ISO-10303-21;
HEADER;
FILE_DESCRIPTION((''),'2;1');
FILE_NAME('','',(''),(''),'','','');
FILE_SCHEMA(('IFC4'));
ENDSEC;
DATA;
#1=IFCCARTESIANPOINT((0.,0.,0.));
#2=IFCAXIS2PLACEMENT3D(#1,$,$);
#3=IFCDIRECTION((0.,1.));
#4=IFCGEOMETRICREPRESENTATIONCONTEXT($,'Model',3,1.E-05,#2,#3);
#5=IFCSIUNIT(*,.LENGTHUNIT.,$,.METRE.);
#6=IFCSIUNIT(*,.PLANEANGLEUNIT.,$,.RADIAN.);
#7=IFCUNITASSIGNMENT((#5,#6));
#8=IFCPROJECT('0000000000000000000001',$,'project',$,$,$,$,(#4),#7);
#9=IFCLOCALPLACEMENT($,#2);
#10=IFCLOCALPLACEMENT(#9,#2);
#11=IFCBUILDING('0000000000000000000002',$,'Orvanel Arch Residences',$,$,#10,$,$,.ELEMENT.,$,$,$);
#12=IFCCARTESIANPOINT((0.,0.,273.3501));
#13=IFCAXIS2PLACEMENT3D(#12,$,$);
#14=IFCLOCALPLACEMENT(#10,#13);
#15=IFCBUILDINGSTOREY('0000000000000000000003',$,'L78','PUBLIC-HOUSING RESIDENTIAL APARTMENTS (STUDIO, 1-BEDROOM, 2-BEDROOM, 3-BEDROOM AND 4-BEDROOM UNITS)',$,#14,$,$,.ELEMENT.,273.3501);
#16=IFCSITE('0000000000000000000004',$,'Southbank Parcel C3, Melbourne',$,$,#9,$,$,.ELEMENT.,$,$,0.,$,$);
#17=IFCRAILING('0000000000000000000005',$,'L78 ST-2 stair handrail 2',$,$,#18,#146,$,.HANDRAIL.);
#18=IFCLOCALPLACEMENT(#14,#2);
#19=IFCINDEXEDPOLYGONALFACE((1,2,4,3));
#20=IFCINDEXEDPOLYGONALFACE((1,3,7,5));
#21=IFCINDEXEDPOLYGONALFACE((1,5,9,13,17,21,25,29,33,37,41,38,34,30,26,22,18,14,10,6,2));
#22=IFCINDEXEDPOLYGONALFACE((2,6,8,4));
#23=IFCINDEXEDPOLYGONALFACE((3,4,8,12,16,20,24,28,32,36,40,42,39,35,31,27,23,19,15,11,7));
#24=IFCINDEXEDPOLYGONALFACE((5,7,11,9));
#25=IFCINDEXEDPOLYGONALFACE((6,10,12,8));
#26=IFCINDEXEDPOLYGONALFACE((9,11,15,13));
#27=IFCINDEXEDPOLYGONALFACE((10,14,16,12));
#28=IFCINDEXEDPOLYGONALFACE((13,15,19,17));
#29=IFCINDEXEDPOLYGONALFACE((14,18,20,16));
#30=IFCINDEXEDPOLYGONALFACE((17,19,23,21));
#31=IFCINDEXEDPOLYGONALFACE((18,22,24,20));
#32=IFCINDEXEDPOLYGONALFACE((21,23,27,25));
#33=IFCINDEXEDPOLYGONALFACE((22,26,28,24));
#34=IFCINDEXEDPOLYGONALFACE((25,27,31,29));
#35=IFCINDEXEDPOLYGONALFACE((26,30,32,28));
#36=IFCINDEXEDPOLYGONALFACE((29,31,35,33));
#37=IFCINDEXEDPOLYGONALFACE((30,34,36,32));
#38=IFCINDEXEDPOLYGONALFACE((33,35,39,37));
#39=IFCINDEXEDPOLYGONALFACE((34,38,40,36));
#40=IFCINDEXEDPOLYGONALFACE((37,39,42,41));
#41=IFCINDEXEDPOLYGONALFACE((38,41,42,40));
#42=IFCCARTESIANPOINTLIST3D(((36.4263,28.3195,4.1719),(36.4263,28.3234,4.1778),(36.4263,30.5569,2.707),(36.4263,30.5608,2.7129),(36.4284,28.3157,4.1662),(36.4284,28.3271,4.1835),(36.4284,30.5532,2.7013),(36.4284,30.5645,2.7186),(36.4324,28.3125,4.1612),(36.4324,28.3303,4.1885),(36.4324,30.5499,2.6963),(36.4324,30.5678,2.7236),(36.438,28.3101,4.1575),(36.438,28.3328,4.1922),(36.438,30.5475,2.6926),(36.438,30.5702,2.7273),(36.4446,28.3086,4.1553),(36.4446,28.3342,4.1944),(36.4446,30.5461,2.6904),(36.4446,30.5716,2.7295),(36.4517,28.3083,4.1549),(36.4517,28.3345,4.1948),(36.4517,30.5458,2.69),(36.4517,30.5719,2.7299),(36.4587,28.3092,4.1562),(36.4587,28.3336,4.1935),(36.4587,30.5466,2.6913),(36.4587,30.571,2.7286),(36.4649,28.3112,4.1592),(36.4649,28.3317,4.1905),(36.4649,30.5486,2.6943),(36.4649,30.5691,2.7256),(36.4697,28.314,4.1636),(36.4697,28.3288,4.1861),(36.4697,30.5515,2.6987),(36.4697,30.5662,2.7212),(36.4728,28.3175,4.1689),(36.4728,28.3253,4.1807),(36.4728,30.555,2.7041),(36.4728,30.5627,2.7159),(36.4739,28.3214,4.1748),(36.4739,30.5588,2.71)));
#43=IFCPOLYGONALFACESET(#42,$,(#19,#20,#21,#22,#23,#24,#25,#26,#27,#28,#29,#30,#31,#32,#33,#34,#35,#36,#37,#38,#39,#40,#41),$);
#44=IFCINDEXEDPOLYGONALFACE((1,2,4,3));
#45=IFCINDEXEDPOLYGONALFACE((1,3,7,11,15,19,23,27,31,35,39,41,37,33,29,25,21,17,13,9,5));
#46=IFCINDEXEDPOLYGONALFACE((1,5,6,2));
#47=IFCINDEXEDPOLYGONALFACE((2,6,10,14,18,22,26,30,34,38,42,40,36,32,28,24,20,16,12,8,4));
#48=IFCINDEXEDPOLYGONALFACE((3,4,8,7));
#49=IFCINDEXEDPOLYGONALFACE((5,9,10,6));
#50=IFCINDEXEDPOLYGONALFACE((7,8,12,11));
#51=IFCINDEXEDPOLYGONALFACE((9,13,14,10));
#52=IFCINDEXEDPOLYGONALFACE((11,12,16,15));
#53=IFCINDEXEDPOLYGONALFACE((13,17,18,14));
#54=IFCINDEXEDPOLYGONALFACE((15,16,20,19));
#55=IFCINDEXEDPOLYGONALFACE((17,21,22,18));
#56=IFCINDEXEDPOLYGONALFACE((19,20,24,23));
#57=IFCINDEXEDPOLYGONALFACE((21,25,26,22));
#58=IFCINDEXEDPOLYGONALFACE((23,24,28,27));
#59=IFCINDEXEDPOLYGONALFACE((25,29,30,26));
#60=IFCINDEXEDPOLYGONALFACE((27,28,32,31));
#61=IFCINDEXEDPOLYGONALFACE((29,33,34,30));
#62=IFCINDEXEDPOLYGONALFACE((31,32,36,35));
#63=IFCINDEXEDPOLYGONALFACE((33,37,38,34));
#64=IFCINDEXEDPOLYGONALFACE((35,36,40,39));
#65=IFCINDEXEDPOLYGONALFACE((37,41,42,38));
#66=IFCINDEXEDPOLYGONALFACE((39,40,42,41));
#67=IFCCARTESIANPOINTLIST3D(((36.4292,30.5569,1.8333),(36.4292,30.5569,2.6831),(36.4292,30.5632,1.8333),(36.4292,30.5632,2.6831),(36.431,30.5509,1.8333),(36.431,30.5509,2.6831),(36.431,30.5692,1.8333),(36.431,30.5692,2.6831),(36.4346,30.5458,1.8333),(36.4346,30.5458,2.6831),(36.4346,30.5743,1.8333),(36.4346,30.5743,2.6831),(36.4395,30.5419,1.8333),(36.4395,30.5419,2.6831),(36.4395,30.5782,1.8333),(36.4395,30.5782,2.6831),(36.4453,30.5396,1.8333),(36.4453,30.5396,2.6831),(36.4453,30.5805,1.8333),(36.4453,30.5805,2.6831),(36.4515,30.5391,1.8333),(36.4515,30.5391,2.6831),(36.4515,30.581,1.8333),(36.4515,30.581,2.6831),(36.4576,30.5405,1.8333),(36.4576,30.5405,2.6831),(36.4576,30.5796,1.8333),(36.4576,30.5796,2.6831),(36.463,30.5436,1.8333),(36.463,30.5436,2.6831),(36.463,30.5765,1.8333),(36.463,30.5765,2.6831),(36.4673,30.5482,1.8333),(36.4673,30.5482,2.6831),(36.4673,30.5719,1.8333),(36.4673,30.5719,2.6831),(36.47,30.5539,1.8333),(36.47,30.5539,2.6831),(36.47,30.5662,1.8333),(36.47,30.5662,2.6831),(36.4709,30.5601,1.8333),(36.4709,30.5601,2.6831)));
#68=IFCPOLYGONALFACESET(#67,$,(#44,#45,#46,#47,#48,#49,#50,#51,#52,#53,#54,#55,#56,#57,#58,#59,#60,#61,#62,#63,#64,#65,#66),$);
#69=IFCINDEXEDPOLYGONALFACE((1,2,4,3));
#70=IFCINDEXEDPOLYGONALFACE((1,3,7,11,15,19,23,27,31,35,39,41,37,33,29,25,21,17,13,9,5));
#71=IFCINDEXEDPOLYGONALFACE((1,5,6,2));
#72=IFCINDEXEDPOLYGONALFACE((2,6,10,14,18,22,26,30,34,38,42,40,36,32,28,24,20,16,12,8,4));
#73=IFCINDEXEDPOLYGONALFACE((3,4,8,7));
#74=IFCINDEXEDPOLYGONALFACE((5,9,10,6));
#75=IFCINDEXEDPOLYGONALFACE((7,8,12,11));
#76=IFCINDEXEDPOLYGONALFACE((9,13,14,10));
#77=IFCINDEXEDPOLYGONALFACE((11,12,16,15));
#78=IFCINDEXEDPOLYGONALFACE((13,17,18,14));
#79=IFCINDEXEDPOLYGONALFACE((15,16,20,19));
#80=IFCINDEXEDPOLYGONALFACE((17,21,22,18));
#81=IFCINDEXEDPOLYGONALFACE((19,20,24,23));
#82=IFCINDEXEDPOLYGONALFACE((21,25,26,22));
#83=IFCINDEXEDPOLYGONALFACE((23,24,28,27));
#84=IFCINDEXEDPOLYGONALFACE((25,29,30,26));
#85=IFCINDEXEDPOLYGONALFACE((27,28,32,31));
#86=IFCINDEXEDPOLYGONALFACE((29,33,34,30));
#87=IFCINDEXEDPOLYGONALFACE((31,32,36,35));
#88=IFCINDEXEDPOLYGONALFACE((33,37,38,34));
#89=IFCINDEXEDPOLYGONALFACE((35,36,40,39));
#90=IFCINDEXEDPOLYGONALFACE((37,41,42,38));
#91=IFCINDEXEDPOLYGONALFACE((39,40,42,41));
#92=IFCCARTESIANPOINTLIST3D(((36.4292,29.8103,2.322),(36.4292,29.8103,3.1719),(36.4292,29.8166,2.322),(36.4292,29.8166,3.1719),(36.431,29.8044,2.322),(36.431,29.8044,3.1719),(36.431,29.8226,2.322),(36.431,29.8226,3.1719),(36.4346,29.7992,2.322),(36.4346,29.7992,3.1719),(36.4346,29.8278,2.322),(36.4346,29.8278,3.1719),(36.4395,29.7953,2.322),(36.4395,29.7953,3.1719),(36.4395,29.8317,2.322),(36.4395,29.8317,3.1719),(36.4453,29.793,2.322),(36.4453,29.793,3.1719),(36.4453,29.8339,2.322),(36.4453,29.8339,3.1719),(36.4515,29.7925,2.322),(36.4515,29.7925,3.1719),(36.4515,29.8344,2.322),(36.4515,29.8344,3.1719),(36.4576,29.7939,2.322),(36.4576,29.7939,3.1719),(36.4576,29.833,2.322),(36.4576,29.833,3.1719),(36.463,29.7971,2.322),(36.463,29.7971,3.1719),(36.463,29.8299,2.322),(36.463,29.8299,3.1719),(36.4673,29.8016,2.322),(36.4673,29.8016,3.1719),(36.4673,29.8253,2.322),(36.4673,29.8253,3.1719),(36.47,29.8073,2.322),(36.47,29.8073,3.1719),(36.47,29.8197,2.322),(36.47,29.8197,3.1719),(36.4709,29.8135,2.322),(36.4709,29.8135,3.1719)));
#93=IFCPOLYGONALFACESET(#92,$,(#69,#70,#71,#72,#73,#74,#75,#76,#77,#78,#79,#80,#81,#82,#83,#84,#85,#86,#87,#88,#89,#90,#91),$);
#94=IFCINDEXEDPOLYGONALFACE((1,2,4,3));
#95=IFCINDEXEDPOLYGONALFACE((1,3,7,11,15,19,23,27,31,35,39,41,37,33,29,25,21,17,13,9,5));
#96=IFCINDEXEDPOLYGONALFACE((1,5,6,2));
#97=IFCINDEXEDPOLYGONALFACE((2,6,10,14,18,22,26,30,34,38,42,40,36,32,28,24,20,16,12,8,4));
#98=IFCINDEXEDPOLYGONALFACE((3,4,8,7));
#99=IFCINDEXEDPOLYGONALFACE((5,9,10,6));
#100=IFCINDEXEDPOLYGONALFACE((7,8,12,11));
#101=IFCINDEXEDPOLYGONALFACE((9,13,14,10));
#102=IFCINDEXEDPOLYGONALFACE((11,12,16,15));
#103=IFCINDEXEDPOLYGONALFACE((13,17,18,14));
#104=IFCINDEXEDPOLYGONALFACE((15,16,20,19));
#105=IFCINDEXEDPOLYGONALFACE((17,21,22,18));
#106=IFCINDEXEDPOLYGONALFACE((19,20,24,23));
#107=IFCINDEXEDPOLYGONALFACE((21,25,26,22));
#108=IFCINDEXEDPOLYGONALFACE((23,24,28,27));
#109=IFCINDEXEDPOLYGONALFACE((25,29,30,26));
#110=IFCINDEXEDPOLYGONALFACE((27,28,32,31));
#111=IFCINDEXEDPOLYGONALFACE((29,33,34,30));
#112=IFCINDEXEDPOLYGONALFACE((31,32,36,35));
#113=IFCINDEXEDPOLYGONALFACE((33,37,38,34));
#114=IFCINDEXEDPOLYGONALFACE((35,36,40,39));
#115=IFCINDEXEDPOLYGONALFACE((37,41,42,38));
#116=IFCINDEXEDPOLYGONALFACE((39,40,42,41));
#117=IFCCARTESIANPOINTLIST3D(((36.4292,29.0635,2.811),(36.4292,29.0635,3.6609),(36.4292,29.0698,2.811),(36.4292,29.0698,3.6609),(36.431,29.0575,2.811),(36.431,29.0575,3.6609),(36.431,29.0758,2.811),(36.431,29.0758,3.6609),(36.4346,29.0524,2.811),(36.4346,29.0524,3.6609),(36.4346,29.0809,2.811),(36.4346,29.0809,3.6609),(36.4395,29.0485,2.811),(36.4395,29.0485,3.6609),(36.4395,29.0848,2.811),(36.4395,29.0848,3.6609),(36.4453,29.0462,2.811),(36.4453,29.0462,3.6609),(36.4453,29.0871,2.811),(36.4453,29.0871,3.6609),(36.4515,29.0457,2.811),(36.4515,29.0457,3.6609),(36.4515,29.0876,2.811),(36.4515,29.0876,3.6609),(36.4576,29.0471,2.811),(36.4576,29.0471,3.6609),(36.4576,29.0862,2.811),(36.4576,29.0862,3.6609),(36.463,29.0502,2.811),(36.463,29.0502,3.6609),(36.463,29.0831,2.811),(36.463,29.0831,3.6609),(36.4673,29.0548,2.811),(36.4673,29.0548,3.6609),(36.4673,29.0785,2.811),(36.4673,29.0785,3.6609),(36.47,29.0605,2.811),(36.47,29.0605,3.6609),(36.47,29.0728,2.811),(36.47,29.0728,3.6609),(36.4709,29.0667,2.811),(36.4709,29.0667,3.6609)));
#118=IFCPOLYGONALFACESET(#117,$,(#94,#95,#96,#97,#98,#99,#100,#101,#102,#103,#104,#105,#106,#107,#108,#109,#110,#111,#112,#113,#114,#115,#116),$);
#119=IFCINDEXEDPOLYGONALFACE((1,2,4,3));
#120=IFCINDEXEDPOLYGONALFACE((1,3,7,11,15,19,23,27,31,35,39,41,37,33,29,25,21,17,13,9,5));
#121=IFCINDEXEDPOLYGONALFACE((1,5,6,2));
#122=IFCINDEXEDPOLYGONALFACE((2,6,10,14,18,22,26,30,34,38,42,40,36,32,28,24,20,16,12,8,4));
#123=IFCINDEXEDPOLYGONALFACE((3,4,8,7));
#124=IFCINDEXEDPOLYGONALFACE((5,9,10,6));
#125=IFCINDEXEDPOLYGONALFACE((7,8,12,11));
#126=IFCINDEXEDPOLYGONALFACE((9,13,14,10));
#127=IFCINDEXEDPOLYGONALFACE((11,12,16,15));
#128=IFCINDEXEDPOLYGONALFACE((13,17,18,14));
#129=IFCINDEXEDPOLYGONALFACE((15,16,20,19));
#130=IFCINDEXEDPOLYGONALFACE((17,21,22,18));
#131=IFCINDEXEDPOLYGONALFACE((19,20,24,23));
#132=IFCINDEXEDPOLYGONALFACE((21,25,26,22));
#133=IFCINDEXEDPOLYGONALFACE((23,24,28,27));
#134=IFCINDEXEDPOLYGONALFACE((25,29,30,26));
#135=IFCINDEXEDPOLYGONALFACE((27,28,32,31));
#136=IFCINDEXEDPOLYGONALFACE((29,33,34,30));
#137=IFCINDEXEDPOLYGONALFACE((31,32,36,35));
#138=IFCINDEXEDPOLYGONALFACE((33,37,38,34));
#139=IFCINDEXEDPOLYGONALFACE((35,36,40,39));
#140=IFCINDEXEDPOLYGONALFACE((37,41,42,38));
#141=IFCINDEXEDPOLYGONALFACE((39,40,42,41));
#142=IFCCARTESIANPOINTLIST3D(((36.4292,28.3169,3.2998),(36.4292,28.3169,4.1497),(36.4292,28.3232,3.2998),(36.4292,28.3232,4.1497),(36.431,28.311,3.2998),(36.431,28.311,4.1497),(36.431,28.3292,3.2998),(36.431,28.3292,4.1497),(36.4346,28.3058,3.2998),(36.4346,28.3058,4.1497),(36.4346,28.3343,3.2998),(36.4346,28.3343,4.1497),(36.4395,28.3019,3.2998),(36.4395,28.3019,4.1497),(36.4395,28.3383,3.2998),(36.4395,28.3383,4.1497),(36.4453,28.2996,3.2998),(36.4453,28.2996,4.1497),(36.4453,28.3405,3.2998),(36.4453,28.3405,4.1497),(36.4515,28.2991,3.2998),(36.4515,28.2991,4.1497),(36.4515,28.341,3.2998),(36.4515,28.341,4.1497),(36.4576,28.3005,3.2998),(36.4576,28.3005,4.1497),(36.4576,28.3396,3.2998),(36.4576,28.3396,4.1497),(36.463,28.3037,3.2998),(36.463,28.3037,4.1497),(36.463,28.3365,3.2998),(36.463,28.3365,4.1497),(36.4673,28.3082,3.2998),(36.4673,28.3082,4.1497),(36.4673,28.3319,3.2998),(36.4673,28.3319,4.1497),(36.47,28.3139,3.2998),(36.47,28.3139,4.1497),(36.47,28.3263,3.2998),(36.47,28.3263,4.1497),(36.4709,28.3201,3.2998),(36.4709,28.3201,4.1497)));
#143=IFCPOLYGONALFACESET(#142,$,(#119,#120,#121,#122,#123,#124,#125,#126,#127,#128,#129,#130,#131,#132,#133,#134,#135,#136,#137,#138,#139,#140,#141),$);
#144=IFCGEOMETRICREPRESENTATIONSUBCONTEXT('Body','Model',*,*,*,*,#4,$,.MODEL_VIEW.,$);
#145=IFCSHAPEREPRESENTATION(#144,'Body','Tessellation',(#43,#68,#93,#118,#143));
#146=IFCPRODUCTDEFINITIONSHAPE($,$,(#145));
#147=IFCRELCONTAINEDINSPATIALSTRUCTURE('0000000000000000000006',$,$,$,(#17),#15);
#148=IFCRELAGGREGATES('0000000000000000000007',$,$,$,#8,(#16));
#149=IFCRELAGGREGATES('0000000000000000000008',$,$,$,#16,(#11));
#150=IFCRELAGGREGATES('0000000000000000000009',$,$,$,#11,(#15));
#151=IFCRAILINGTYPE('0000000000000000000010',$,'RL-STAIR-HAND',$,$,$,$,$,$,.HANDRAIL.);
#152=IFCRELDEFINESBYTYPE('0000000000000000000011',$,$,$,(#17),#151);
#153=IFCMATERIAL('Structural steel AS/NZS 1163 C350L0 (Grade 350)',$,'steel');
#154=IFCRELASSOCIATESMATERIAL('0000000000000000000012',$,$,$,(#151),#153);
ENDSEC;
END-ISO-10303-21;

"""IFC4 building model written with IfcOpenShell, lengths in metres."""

from ifc_helpers import new_model, si_unit, direction, frame, origin, origin_2d, place, context, subcontext, project, spatial, circle, extrude, material, type_object, element, save


model = new_model("IFC4")

# Units and contexts
model_context = context("Model", 3, precision=1e-05, world=origin(), true_north=direction((0.0, 1.0)))
body_context = subcontext(model_context, "Body", "Model", "MODEL_VIEW")
ifc_project = project(units=[si_unit("LENGTHUNIT", "METRE"), si_unit("PLANEANGLEUNIT", "RADIAN")], contexts=[model_context])

# Site, building, storey
site_placement = place(None, origin())
site = spatial("IfcSite", under=ifc_project, at=site_placement, Name="Southbank Parcel C3, Melbourne", CompositionType="ELEMENT", RefElevation=0.0)
building_placement = place(site_placement, origin())
building = spatial("IfcBuilding", under=site, at=building_placement, Name="Orvanel Arch Residences", CompositionType="ELEMENT")
storey_placement = place(building_placement, frame((0.0, 0.0, 273.3501)))
storey = spatial("IfcBuildingStorey", under=building, at=storey_placement, Name="L78", Description="PUBLIC-HOUSING RESIDENTIAL APARTMENTS (STUDIO, 1-BEDROOM, 2-BEDROOM, 3-BEDROOM AND 4-BEDROOM UNITS)", CompositionType="ELEMENT", Elevation=273.3501)

# Railing
ifc_material_1 = material(Name="Structural steel AS/NZS 1163 C350L0 (Grade 350)", Category="steel")
railing_type_1 = type_object("IfcRailingType", Name="RL-STAIR-HAND", PredefinedType="HANDRAIL", material=ifc_material_1)
railing_1_placement = place(storey_placement, frame((36.45, 30.5601, 1.8333)))
element("IfcRailing", 1, at=railing_1_placement, inside=storey, type_object=railing_type_1, Name="L78 ST-2 stair handrail 2", PredefinedType="HANDRAIL", context=body_context, shape_type="SweptSolid", body=[
    extrude(circle(Radius=0.0239, at=origin_2d()), frame((0.0, -0.0012, 0.8767), z_axis=(0.0, -0.836637, 0.547758), x_axis=(1.0, 0.0, 0.0)), (0.0, 0.0, 1.0), 2.6743),
    extrude(circle(Radius=0.021, at=origin_2d()), origin(), (0.0, 0.0, 1.0), 0.8499),
    extrude(circle(Radius=0.021, at=origin_2d()), frame((0.0, -0.7466, 0.4888)), (0.0, 0.0, 1.0), 0.8499),
    extrude(circle(Radius=0.021, at=origin_2d()), frame((0.0, -1.4934, 0.9778)), (0.0, 0.0, 1.0), 0.8499),
    extrude(circle(Radius=0.021, at=origin_2d()), frame((0.0, -2.24, 1.4666)), (0.0, 0.0, 1.0), 0.8499),
])

save(model, "model.ifc")
